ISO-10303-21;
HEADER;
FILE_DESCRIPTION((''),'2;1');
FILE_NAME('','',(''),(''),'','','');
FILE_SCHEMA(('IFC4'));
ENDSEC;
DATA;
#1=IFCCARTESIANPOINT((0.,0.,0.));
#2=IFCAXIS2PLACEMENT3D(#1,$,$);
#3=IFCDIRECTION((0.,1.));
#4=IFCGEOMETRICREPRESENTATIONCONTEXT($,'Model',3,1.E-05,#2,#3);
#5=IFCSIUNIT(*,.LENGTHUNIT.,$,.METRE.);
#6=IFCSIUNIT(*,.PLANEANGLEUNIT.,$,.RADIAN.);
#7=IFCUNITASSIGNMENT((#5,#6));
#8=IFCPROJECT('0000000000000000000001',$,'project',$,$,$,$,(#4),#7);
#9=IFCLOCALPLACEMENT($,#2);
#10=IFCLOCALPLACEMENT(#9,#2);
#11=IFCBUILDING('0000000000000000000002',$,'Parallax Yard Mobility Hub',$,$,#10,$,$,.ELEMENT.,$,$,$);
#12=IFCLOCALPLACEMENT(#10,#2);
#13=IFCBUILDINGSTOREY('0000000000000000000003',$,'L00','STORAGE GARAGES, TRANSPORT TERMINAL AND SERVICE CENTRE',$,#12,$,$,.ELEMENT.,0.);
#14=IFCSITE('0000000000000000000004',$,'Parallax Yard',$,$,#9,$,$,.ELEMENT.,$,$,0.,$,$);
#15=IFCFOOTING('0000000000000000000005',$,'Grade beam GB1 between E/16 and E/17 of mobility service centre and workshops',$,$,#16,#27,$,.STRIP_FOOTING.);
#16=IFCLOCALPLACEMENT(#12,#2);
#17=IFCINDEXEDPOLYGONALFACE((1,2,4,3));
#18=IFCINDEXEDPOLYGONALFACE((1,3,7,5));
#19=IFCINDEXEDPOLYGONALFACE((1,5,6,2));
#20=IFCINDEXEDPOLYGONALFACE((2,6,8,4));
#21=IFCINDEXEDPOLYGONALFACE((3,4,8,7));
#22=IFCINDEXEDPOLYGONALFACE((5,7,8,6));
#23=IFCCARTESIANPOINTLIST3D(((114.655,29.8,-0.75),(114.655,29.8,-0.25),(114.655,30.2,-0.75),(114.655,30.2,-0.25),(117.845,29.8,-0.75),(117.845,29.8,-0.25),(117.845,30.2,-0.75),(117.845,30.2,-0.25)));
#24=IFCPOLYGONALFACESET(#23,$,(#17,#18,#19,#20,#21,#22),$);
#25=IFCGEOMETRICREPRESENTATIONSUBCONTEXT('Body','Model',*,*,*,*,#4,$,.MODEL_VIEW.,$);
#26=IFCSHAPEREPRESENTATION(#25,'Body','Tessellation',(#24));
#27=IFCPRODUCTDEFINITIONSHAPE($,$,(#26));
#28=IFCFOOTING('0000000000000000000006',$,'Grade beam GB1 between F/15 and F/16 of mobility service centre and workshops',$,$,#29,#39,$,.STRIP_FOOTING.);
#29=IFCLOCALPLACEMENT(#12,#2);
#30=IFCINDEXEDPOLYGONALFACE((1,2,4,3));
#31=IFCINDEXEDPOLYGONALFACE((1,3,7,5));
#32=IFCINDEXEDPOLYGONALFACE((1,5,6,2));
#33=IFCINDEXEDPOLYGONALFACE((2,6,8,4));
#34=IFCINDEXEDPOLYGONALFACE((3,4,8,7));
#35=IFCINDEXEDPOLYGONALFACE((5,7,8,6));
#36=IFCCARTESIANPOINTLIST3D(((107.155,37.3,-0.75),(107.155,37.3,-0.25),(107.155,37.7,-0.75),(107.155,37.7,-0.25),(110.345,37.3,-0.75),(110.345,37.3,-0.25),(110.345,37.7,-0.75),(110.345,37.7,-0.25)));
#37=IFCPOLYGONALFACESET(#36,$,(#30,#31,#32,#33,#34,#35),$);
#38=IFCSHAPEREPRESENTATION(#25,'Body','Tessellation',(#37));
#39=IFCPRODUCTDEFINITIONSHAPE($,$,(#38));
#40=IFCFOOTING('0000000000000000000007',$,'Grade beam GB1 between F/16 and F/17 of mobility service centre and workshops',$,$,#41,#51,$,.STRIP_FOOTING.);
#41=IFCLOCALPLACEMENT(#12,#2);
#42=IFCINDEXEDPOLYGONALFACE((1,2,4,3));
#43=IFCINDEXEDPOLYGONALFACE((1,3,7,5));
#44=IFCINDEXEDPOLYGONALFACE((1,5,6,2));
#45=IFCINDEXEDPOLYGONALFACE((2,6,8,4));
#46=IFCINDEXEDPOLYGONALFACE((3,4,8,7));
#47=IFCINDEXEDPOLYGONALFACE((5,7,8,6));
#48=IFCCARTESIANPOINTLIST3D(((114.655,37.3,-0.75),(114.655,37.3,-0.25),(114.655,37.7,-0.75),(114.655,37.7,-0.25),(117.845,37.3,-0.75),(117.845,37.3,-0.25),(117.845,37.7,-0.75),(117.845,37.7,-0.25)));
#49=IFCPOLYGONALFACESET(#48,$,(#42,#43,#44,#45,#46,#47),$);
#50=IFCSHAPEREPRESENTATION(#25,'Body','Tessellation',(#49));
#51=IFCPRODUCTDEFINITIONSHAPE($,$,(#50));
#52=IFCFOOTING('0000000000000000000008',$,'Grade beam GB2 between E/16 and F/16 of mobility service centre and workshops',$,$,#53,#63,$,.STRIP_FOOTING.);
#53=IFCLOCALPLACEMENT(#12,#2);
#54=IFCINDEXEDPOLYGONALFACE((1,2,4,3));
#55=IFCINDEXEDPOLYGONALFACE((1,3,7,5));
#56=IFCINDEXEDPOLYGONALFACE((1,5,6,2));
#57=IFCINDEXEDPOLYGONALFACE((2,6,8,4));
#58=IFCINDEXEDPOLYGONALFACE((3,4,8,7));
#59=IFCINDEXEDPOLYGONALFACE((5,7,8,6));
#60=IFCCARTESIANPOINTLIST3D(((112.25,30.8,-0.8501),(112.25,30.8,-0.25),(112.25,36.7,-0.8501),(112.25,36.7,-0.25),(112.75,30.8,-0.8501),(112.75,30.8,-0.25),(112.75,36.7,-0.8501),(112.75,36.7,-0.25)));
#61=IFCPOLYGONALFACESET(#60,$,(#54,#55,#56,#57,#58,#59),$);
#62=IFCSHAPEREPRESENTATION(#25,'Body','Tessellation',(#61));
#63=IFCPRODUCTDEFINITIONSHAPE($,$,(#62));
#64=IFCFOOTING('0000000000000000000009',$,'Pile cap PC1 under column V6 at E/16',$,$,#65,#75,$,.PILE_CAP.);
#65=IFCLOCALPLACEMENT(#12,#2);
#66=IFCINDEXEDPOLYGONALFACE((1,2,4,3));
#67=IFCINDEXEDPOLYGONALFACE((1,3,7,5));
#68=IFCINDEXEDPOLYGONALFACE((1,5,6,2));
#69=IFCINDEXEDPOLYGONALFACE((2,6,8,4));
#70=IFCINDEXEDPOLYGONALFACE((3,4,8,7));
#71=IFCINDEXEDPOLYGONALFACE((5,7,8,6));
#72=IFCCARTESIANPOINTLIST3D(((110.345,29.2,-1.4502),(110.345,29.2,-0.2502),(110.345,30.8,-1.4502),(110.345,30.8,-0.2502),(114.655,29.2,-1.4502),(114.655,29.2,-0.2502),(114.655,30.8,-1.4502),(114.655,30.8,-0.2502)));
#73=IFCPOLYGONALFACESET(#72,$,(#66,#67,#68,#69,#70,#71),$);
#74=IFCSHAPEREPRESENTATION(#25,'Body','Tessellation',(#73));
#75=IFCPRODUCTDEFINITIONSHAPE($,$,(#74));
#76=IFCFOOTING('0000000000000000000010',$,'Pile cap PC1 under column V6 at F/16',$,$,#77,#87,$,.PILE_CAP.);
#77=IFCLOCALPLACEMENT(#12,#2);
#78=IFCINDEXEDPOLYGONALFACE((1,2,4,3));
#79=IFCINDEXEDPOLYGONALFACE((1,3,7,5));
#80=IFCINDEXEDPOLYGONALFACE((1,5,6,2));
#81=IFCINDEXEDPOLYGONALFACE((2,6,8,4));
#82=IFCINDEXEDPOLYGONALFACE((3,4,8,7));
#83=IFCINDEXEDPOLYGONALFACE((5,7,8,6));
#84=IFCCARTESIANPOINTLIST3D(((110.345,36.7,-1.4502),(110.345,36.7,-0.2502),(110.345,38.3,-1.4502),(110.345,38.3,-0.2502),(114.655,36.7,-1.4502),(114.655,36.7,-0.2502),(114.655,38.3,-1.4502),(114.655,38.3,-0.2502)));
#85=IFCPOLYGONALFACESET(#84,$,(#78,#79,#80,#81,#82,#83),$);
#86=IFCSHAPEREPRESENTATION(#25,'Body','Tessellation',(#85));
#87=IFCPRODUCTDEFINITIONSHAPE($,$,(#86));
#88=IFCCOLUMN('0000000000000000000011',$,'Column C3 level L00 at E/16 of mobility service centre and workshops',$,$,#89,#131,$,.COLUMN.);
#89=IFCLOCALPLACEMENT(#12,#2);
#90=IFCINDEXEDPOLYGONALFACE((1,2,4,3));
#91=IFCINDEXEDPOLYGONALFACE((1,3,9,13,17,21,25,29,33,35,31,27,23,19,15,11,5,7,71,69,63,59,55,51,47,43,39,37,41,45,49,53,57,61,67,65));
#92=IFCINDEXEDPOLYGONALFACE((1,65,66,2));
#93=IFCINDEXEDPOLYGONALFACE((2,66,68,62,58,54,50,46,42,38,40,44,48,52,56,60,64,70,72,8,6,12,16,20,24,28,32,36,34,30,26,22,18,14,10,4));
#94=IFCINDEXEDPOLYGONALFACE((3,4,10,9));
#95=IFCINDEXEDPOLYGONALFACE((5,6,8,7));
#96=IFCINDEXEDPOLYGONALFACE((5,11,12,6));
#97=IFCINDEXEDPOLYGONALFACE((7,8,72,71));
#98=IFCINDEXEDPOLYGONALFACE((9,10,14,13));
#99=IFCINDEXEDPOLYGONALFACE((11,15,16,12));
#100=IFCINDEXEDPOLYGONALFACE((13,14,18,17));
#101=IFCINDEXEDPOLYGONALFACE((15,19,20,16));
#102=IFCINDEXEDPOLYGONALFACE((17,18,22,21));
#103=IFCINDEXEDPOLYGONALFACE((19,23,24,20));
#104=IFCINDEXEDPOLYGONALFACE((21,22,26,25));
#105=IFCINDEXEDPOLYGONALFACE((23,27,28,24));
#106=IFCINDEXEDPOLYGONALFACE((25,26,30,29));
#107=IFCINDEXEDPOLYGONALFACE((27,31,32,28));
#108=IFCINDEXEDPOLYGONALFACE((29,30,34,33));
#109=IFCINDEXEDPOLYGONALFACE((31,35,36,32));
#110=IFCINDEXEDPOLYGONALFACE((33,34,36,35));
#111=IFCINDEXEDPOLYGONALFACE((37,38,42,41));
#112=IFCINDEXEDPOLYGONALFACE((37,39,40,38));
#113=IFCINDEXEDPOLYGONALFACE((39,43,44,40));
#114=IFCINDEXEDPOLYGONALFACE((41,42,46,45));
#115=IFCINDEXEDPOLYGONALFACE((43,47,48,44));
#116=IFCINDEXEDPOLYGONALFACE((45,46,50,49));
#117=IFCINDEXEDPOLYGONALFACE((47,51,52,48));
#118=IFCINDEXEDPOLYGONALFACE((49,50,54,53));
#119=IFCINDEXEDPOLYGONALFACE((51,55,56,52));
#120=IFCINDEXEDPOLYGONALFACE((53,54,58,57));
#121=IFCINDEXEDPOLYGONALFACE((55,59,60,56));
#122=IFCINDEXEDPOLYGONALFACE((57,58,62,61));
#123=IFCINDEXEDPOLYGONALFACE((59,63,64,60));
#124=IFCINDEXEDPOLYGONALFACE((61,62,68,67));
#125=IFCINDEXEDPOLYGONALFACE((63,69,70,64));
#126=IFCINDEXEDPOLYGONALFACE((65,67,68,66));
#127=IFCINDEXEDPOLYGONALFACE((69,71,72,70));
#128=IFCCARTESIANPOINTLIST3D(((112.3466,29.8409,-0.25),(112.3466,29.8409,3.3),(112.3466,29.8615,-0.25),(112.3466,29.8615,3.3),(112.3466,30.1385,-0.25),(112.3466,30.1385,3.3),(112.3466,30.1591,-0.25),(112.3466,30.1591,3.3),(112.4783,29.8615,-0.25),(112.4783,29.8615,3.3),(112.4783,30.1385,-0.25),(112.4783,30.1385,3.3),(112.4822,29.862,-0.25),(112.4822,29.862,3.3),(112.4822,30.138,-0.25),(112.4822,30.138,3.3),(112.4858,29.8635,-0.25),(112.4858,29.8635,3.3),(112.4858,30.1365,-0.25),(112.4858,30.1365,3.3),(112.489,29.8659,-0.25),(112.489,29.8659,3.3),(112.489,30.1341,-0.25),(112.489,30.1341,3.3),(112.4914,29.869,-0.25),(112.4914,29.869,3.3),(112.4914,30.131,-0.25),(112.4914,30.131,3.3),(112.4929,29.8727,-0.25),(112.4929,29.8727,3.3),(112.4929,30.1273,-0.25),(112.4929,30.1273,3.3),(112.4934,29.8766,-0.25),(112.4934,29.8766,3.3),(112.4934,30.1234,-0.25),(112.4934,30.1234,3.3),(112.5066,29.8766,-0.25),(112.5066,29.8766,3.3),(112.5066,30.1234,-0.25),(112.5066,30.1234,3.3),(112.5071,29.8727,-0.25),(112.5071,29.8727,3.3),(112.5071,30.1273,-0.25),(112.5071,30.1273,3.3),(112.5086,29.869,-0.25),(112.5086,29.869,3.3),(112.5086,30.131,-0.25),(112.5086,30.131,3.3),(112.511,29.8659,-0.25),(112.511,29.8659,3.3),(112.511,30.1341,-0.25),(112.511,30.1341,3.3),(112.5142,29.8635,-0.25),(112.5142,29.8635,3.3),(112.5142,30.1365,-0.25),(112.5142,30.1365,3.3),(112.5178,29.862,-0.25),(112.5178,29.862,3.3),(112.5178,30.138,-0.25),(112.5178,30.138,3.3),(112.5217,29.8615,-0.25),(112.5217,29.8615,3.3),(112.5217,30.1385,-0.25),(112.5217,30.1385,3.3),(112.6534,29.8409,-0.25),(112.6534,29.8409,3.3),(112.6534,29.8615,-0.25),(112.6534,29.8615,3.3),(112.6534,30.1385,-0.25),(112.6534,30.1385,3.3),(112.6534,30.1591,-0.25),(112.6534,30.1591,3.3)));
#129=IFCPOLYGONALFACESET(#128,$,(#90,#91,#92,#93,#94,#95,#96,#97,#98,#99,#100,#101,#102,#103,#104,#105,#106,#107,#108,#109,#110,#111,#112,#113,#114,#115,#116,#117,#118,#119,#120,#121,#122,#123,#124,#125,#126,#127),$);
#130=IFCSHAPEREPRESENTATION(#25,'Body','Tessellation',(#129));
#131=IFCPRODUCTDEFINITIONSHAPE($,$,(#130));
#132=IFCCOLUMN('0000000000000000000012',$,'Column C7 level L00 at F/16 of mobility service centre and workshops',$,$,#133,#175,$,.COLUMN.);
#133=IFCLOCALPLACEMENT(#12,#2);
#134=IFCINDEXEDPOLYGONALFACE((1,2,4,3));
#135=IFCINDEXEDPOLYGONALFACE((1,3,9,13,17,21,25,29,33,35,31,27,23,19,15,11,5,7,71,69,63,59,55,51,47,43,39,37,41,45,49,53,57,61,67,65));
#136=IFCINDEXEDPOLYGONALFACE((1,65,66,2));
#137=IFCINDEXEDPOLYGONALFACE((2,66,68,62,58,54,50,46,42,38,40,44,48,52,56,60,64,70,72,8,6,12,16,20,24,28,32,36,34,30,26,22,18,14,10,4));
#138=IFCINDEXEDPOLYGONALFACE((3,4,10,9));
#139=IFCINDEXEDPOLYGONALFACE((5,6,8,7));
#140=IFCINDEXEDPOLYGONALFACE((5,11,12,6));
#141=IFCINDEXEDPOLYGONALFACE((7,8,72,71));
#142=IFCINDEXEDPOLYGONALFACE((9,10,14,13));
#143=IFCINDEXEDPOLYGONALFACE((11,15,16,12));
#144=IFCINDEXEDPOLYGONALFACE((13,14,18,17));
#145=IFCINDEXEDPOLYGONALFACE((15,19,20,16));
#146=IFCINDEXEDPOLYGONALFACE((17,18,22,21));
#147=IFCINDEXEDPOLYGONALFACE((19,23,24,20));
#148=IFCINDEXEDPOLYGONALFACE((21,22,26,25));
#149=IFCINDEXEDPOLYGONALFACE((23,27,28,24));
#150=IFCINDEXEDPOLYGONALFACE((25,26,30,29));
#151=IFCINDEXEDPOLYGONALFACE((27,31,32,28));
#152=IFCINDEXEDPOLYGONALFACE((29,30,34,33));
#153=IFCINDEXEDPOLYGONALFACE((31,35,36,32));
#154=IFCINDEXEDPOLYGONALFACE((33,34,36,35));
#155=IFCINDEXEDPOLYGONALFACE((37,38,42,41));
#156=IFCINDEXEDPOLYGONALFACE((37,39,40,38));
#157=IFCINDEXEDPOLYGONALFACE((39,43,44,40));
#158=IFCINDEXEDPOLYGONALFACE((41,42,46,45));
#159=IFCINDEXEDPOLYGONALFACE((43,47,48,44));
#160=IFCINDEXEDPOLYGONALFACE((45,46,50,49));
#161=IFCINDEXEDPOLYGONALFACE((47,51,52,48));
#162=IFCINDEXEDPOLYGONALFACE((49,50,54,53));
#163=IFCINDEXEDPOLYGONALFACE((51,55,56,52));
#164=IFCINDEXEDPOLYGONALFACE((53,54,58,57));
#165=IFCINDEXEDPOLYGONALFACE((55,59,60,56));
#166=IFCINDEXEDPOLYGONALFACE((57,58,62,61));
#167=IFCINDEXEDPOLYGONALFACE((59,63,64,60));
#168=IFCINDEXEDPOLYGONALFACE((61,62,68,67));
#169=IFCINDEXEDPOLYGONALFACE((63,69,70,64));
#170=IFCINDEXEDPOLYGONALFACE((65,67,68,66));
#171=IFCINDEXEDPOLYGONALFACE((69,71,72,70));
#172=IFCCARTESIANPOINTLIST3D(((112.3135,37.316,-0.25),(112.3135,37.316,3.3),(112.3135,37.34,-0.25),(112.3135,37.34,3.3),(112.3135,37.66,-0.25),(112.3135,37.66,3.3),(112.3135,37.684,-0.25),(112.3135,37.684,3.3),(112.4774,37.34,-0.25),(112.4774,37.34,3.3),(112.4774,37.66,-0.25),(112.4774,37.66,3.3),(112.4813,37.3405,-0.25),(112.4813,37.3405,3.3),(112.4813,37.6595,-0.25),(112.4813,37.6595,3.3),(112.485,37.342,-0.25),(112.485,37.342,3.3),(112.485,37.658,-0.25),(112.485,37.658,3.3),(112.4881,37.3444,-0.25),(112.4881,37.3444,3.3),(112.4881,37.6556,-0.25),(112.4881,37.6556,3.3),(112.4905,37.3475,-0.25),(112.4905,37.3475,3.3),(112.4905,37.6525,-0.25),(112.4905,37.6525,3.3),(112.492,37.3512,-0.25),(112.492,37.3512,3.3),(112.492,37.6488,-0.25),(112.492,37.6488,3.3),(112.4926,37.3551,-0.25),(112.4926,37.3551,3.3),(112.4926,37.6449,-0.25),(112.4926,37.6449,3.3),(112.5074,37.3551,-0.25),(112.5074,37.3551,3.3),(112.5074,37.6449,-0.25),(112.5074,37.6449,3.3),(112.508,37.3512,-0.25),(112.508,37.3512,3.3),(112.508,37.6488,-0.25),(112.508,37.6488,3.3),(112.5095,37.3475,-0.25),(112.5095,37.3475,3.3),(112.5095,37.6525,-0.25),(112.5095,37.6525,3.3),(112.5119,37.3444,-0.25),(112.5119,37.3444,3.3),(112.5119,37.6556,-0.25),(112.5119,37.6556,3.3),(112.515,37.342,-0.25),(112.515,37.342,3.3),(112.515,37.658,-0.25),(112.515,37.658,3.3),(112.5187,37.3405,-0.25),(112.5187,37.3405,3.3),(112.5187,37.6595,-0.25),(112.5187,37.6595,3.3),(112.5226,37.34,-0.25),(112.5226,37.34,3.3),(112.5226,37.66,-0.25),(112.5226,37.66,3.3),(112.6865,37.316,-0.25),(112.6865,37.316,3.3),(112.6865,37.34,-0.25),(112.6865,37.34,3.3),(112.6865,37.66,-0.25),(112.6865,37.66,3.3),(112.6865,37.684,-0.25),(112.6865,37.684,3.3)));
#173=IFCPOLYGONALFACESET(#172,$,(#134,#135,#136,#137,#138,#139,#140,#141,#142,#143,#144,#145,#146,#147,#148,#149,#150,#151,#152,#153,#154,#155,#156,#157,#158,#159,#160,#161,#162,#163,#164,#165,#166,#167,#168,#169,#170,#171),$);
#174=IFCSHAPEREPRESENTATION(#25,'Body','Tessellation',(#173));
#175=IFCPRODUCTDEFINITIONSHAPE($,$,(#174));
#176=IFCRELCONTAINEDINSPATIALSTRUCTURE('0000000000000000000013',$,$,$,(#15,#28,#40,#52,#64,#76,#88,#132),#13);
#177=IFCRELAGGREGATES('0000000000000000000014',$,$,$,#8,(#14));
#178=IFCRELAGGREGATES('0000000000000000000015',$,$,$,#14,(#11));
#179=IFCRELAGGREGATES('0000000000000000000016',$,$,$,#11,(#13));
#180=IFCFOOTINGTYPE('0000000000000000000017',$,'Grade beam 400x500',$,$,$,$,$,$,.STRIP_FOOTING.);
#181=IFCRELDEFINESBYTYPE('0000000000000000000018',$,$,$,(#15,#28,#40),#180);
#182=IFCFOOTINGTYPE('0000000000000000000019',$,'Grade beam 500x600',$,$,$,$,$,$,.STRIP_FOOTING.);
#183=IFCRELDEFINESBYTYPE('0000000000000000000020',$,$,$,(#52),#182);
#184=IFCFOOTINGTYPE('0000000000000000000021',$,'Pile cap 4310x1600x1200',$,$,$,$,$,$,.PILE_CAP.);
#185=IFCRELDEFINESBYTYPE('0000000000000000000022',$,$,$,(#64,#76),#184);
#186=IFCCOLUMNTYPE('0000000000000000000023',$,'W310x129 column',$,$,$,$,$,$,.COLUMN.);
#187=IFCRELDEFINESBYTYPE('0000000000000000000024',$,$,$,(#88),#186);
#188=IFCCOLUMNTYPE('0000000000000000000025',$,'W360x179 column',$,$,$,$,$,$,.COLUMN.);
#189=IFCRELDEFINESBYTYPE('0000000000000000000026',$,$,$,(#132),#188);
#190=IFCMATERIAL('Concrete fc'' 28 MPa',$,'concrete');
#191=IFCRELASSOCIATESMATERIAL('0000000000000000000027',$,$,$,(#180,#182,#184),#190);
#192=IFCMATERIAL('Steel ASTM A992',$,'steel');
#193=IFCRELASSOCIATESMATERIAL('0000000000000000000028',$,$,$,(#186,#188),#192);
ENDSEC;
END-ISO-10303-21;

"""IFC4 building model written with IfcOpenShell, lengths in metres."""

from ifc_helpers import new_model, si_unit, direction, frame, origin, origin_2d, place, context, subcontext, project, spatial, rectangle, i_section, extrude, material, material_profile, profile_set, type_object, element, save


model = new_model("IFC4")

# Units and contexts
model_context = context("Model", 3, precision=1e-05, world=origin(), true_north=direction((0.0, 1.0)))
body_context = subcontext(model_context, "Body", "Model", "MODEL_VIEW")
ifc_project = project(units=[si_unit("LENGTHUNIT", "METRE"), si_unit("PLANEANGLEUNIT", "RADIAN")], contexts=[model_context])

# Site, building, storey
site_placement = place(None, origin())
site = spatial("IfcSite", under=ifc_project, at=site_placement, Name="Parallax Yard", CompositionType="ELEMENT", RefElevation=0.0)
building_placement = place(site_placement, origin())
building = spatial("IfcBuilding", under=site, at=building_placement, Name="Parallax Yard Mobility Hub", CompositionType="ELEMENT")
storey_placement = place(building_placement, origin())
storey = spatial("IfcBuildingStorey", under=building, at=storey_placement, Name="L00", Description="STORAGE GARAGES, TRANSPORT TERMINAL AND SERVICE CENTRE", CompositionType="ELEMENT", Elevation=0.0)

# Shared definitions
ifc_material_1 = material(Name="Concrete fc' 28 MPa", Category="concrete")

# Footings
ifc_material_profile_1 = material_profile(ifc_material_1, rectangle(XDim=0.3999, YDim=0.5, at=origin_2d()), Name="Grade beam 400x500")
ifc_profile_set_1 = profile_set([ifc_material_profile_1], Name="Concrete fc' 28 MPa")
footing_type_1 = type_object("IfcFootingType", Name="Grade beam 400x500", PredefinedType="STRIP_FOOTING", material=ifc_profile_set_1)
for number, where, z_axis, x_axis, name in (
    (1, (114.655, 30.0, -0.5), (1.0, 0.0, 0.0), (0.0, 1.0, 0.0), "Grade beam GB1 between E/16 and E/17 of mobility service centre and workshops"),
    (2, (107.155, 37.5, -0.5), (1.0, 0.0, 0.0), (0.0, 1.0, 0.0), "Grade beam GB1 between F/15 and F/16 of mobility service centre and workshops"),
    (3, (114.655, 37.5, -0.5), (1.0, 0.0, 0.0), (0.0, 1.0, 0.0), "Grade beam GB1 between F/16 and F/17 of mobility service centre and workshops"),
):
    element("IfcFooting", number, at=place(storey_placement, frame(where, z_axis=z_axis, x_axis=x_axis)), inside=storey, type_object=footing_type_1, Name=name, PredefinedType="STRIP_FOOTING", context=body_context, shape_type="SweptSolid", body=[
        extrude(rectangle(XDim=0.3999, YDim=0.5, at=origin_2d()), origin(), (0.0, 0.0, 1.0), 3.1899),
    ])
ifc_material_profile_2 = material_profile(ifc_material_1, rectangle(XDim=0.5, YDim=0.6001, at=origin_2d()), Name="Grade beam 500x600")
ifc_profile_set_2 = profile_set([ifc_material_profile_2], Name="Concrete fc' 28 MPa")
footing_type_2 = type_object("IfcFootingType", Name="Grade beam 500x600", PredefinedType="STRIP_FOOTING", material=ifc_profile_set_2)
footing_placement = place(storey_placement, frame((112.5, 30.8, -0.55), z_axis=(0.0, 1.0, 0.0), x_axis=(-1.0, 0.0, 0.0)))
element("IfcFooting", 4, at=footing_placement, inside=storey, type_object=footing_type_2, Name="Grade beam GB2 between E/16 and F/16 of mobility service centre and workshops", PredefinedType="STRIP_FOOTING", context=body_context, shape_type="SweptSolid", body=[
    extrude(rectangle(XDim=0.5, YDim=0.6001, at=origin_2d()), origin(), (0.0, 0.0, 1.0), 5.8999),
])
footing_type_3 = type_object("IfcFootingType", Name="Pile cap 4310x1600x1200", PredefinedType="PILE_CAP", material=ifc_material_1)
for number, where, z_axis, x_axis, name in (
    (5, (112.5, 30.0, -1.4502), (0.0, 0.0, 1.0), (1.0, 0.0, 0.0), "Pile cap PC1 under column V6 at E/16"),
    (6, (112.5, 37.5, -1.4502), (0.0, 0.0, 1.0), (1.0, 0.0, 0.0), "Pile cap PC1 under column V6 at F/16"),
):
    element("IfcFooting", number, at=place(storey_placement, frame(where, z_axis=z_axis, x_axis=x_axis)), inside=storey, type_object=footing_type_3, Name=name, PredefinedType="PILE_CAP", context=body_context, shape_type="SweptSolid", body=[
        extrude(rectangle(XDim=4.3101, YDim=1.6001, at=origin_2d()), origin(), (0.0, 0.0, 1.0), 1.2),
    ])

# Columns
ifc_material_2 = material(Name="Steel ASTM A992", Category="steel")
ifc_material_profile_3 = material_profile(ifc_material_2, i_section(OverallWidth=0.3069, OverallDepth=0.3181, WebThickness=0.0132, FlangeThickness=0.0205, FilletRadius=0.0151, at=origin_2d()), Name="W310x129")
ifc_profile_set_3 = profile_set([ifc_material_profile_3], Name="Steel ASTM A992")
column_type_1 = type_object("IfcColumnType", Name="W310x129 column", PredefinedType="COLUMN", material=ifc_profile_set_3)
column_1_placement = place(storey_placement, frame((112.5, 30.0, -0.25), z_axis=(0.0, 0.0, 1.0), x_axis=(1.0, 0.0, 0.0)))
element("IfcColumn", 7, at=column_1_placement, inside=storey, type_object=column_type_1, Name="Column C3 level L00 at E/16 of mobility service centre and workshops", PredefinedType="COLUMN", context=body_context, shape_type="SweptSolid", body=[
    extrude(i_section(OverallWidth=0.3069, OverallDepth=0.3181, WebThickness=0.0132, FlangeThickness=0.0205, FilletRadius=0.0151, at=origin_2d()), origin(), (0.0, 0.0, 1.0), 3.55),
])
ifc_material_profile_4 = material_profile(ifc_material_2, i_section(OverallWidth=0.373, OverallDepth=0.3679, WebThickness=0.0149, FlangeThickness=0.0239, FilletRadius=0.0151, at=origin_2d()), Name="W360x179")
ifc_profile_set_4 = profile_set([ifc_material_profile_4], Name="Steel ASTM A992")
column_type_2 = type_object("IfcColumnType", Name="W360x179 column", PredefinedType="COLUMN", material=ifc_profile_set_4)
column_2_placement = place(storey_placement, frame((112.5, 37.5, -0.25), z_axis=(0.0, 0.0, 1.0), x_axis=(1.0, 0.0, 0.0)))
element("IfcColumn", 8, at=column_2_placement, inside=storey, type_object=column_type_2, Name="Column C7 level L00 at F/16 of mobility service centre and workshops", PredefinedType="COLUMN", context=body_context, shape_type="SweptSolid", body=[
    extrude(i_section(OverallWidth=0.373, OverallDepth=0.3679, WebThickness=0.0149, FlangeThickness=0.0239, FilletRadius=0.0151, at=origin_2d()), origin(), (0.0, 0.0, 1.0), 3.55),
])

save(model, "model.ifc")
